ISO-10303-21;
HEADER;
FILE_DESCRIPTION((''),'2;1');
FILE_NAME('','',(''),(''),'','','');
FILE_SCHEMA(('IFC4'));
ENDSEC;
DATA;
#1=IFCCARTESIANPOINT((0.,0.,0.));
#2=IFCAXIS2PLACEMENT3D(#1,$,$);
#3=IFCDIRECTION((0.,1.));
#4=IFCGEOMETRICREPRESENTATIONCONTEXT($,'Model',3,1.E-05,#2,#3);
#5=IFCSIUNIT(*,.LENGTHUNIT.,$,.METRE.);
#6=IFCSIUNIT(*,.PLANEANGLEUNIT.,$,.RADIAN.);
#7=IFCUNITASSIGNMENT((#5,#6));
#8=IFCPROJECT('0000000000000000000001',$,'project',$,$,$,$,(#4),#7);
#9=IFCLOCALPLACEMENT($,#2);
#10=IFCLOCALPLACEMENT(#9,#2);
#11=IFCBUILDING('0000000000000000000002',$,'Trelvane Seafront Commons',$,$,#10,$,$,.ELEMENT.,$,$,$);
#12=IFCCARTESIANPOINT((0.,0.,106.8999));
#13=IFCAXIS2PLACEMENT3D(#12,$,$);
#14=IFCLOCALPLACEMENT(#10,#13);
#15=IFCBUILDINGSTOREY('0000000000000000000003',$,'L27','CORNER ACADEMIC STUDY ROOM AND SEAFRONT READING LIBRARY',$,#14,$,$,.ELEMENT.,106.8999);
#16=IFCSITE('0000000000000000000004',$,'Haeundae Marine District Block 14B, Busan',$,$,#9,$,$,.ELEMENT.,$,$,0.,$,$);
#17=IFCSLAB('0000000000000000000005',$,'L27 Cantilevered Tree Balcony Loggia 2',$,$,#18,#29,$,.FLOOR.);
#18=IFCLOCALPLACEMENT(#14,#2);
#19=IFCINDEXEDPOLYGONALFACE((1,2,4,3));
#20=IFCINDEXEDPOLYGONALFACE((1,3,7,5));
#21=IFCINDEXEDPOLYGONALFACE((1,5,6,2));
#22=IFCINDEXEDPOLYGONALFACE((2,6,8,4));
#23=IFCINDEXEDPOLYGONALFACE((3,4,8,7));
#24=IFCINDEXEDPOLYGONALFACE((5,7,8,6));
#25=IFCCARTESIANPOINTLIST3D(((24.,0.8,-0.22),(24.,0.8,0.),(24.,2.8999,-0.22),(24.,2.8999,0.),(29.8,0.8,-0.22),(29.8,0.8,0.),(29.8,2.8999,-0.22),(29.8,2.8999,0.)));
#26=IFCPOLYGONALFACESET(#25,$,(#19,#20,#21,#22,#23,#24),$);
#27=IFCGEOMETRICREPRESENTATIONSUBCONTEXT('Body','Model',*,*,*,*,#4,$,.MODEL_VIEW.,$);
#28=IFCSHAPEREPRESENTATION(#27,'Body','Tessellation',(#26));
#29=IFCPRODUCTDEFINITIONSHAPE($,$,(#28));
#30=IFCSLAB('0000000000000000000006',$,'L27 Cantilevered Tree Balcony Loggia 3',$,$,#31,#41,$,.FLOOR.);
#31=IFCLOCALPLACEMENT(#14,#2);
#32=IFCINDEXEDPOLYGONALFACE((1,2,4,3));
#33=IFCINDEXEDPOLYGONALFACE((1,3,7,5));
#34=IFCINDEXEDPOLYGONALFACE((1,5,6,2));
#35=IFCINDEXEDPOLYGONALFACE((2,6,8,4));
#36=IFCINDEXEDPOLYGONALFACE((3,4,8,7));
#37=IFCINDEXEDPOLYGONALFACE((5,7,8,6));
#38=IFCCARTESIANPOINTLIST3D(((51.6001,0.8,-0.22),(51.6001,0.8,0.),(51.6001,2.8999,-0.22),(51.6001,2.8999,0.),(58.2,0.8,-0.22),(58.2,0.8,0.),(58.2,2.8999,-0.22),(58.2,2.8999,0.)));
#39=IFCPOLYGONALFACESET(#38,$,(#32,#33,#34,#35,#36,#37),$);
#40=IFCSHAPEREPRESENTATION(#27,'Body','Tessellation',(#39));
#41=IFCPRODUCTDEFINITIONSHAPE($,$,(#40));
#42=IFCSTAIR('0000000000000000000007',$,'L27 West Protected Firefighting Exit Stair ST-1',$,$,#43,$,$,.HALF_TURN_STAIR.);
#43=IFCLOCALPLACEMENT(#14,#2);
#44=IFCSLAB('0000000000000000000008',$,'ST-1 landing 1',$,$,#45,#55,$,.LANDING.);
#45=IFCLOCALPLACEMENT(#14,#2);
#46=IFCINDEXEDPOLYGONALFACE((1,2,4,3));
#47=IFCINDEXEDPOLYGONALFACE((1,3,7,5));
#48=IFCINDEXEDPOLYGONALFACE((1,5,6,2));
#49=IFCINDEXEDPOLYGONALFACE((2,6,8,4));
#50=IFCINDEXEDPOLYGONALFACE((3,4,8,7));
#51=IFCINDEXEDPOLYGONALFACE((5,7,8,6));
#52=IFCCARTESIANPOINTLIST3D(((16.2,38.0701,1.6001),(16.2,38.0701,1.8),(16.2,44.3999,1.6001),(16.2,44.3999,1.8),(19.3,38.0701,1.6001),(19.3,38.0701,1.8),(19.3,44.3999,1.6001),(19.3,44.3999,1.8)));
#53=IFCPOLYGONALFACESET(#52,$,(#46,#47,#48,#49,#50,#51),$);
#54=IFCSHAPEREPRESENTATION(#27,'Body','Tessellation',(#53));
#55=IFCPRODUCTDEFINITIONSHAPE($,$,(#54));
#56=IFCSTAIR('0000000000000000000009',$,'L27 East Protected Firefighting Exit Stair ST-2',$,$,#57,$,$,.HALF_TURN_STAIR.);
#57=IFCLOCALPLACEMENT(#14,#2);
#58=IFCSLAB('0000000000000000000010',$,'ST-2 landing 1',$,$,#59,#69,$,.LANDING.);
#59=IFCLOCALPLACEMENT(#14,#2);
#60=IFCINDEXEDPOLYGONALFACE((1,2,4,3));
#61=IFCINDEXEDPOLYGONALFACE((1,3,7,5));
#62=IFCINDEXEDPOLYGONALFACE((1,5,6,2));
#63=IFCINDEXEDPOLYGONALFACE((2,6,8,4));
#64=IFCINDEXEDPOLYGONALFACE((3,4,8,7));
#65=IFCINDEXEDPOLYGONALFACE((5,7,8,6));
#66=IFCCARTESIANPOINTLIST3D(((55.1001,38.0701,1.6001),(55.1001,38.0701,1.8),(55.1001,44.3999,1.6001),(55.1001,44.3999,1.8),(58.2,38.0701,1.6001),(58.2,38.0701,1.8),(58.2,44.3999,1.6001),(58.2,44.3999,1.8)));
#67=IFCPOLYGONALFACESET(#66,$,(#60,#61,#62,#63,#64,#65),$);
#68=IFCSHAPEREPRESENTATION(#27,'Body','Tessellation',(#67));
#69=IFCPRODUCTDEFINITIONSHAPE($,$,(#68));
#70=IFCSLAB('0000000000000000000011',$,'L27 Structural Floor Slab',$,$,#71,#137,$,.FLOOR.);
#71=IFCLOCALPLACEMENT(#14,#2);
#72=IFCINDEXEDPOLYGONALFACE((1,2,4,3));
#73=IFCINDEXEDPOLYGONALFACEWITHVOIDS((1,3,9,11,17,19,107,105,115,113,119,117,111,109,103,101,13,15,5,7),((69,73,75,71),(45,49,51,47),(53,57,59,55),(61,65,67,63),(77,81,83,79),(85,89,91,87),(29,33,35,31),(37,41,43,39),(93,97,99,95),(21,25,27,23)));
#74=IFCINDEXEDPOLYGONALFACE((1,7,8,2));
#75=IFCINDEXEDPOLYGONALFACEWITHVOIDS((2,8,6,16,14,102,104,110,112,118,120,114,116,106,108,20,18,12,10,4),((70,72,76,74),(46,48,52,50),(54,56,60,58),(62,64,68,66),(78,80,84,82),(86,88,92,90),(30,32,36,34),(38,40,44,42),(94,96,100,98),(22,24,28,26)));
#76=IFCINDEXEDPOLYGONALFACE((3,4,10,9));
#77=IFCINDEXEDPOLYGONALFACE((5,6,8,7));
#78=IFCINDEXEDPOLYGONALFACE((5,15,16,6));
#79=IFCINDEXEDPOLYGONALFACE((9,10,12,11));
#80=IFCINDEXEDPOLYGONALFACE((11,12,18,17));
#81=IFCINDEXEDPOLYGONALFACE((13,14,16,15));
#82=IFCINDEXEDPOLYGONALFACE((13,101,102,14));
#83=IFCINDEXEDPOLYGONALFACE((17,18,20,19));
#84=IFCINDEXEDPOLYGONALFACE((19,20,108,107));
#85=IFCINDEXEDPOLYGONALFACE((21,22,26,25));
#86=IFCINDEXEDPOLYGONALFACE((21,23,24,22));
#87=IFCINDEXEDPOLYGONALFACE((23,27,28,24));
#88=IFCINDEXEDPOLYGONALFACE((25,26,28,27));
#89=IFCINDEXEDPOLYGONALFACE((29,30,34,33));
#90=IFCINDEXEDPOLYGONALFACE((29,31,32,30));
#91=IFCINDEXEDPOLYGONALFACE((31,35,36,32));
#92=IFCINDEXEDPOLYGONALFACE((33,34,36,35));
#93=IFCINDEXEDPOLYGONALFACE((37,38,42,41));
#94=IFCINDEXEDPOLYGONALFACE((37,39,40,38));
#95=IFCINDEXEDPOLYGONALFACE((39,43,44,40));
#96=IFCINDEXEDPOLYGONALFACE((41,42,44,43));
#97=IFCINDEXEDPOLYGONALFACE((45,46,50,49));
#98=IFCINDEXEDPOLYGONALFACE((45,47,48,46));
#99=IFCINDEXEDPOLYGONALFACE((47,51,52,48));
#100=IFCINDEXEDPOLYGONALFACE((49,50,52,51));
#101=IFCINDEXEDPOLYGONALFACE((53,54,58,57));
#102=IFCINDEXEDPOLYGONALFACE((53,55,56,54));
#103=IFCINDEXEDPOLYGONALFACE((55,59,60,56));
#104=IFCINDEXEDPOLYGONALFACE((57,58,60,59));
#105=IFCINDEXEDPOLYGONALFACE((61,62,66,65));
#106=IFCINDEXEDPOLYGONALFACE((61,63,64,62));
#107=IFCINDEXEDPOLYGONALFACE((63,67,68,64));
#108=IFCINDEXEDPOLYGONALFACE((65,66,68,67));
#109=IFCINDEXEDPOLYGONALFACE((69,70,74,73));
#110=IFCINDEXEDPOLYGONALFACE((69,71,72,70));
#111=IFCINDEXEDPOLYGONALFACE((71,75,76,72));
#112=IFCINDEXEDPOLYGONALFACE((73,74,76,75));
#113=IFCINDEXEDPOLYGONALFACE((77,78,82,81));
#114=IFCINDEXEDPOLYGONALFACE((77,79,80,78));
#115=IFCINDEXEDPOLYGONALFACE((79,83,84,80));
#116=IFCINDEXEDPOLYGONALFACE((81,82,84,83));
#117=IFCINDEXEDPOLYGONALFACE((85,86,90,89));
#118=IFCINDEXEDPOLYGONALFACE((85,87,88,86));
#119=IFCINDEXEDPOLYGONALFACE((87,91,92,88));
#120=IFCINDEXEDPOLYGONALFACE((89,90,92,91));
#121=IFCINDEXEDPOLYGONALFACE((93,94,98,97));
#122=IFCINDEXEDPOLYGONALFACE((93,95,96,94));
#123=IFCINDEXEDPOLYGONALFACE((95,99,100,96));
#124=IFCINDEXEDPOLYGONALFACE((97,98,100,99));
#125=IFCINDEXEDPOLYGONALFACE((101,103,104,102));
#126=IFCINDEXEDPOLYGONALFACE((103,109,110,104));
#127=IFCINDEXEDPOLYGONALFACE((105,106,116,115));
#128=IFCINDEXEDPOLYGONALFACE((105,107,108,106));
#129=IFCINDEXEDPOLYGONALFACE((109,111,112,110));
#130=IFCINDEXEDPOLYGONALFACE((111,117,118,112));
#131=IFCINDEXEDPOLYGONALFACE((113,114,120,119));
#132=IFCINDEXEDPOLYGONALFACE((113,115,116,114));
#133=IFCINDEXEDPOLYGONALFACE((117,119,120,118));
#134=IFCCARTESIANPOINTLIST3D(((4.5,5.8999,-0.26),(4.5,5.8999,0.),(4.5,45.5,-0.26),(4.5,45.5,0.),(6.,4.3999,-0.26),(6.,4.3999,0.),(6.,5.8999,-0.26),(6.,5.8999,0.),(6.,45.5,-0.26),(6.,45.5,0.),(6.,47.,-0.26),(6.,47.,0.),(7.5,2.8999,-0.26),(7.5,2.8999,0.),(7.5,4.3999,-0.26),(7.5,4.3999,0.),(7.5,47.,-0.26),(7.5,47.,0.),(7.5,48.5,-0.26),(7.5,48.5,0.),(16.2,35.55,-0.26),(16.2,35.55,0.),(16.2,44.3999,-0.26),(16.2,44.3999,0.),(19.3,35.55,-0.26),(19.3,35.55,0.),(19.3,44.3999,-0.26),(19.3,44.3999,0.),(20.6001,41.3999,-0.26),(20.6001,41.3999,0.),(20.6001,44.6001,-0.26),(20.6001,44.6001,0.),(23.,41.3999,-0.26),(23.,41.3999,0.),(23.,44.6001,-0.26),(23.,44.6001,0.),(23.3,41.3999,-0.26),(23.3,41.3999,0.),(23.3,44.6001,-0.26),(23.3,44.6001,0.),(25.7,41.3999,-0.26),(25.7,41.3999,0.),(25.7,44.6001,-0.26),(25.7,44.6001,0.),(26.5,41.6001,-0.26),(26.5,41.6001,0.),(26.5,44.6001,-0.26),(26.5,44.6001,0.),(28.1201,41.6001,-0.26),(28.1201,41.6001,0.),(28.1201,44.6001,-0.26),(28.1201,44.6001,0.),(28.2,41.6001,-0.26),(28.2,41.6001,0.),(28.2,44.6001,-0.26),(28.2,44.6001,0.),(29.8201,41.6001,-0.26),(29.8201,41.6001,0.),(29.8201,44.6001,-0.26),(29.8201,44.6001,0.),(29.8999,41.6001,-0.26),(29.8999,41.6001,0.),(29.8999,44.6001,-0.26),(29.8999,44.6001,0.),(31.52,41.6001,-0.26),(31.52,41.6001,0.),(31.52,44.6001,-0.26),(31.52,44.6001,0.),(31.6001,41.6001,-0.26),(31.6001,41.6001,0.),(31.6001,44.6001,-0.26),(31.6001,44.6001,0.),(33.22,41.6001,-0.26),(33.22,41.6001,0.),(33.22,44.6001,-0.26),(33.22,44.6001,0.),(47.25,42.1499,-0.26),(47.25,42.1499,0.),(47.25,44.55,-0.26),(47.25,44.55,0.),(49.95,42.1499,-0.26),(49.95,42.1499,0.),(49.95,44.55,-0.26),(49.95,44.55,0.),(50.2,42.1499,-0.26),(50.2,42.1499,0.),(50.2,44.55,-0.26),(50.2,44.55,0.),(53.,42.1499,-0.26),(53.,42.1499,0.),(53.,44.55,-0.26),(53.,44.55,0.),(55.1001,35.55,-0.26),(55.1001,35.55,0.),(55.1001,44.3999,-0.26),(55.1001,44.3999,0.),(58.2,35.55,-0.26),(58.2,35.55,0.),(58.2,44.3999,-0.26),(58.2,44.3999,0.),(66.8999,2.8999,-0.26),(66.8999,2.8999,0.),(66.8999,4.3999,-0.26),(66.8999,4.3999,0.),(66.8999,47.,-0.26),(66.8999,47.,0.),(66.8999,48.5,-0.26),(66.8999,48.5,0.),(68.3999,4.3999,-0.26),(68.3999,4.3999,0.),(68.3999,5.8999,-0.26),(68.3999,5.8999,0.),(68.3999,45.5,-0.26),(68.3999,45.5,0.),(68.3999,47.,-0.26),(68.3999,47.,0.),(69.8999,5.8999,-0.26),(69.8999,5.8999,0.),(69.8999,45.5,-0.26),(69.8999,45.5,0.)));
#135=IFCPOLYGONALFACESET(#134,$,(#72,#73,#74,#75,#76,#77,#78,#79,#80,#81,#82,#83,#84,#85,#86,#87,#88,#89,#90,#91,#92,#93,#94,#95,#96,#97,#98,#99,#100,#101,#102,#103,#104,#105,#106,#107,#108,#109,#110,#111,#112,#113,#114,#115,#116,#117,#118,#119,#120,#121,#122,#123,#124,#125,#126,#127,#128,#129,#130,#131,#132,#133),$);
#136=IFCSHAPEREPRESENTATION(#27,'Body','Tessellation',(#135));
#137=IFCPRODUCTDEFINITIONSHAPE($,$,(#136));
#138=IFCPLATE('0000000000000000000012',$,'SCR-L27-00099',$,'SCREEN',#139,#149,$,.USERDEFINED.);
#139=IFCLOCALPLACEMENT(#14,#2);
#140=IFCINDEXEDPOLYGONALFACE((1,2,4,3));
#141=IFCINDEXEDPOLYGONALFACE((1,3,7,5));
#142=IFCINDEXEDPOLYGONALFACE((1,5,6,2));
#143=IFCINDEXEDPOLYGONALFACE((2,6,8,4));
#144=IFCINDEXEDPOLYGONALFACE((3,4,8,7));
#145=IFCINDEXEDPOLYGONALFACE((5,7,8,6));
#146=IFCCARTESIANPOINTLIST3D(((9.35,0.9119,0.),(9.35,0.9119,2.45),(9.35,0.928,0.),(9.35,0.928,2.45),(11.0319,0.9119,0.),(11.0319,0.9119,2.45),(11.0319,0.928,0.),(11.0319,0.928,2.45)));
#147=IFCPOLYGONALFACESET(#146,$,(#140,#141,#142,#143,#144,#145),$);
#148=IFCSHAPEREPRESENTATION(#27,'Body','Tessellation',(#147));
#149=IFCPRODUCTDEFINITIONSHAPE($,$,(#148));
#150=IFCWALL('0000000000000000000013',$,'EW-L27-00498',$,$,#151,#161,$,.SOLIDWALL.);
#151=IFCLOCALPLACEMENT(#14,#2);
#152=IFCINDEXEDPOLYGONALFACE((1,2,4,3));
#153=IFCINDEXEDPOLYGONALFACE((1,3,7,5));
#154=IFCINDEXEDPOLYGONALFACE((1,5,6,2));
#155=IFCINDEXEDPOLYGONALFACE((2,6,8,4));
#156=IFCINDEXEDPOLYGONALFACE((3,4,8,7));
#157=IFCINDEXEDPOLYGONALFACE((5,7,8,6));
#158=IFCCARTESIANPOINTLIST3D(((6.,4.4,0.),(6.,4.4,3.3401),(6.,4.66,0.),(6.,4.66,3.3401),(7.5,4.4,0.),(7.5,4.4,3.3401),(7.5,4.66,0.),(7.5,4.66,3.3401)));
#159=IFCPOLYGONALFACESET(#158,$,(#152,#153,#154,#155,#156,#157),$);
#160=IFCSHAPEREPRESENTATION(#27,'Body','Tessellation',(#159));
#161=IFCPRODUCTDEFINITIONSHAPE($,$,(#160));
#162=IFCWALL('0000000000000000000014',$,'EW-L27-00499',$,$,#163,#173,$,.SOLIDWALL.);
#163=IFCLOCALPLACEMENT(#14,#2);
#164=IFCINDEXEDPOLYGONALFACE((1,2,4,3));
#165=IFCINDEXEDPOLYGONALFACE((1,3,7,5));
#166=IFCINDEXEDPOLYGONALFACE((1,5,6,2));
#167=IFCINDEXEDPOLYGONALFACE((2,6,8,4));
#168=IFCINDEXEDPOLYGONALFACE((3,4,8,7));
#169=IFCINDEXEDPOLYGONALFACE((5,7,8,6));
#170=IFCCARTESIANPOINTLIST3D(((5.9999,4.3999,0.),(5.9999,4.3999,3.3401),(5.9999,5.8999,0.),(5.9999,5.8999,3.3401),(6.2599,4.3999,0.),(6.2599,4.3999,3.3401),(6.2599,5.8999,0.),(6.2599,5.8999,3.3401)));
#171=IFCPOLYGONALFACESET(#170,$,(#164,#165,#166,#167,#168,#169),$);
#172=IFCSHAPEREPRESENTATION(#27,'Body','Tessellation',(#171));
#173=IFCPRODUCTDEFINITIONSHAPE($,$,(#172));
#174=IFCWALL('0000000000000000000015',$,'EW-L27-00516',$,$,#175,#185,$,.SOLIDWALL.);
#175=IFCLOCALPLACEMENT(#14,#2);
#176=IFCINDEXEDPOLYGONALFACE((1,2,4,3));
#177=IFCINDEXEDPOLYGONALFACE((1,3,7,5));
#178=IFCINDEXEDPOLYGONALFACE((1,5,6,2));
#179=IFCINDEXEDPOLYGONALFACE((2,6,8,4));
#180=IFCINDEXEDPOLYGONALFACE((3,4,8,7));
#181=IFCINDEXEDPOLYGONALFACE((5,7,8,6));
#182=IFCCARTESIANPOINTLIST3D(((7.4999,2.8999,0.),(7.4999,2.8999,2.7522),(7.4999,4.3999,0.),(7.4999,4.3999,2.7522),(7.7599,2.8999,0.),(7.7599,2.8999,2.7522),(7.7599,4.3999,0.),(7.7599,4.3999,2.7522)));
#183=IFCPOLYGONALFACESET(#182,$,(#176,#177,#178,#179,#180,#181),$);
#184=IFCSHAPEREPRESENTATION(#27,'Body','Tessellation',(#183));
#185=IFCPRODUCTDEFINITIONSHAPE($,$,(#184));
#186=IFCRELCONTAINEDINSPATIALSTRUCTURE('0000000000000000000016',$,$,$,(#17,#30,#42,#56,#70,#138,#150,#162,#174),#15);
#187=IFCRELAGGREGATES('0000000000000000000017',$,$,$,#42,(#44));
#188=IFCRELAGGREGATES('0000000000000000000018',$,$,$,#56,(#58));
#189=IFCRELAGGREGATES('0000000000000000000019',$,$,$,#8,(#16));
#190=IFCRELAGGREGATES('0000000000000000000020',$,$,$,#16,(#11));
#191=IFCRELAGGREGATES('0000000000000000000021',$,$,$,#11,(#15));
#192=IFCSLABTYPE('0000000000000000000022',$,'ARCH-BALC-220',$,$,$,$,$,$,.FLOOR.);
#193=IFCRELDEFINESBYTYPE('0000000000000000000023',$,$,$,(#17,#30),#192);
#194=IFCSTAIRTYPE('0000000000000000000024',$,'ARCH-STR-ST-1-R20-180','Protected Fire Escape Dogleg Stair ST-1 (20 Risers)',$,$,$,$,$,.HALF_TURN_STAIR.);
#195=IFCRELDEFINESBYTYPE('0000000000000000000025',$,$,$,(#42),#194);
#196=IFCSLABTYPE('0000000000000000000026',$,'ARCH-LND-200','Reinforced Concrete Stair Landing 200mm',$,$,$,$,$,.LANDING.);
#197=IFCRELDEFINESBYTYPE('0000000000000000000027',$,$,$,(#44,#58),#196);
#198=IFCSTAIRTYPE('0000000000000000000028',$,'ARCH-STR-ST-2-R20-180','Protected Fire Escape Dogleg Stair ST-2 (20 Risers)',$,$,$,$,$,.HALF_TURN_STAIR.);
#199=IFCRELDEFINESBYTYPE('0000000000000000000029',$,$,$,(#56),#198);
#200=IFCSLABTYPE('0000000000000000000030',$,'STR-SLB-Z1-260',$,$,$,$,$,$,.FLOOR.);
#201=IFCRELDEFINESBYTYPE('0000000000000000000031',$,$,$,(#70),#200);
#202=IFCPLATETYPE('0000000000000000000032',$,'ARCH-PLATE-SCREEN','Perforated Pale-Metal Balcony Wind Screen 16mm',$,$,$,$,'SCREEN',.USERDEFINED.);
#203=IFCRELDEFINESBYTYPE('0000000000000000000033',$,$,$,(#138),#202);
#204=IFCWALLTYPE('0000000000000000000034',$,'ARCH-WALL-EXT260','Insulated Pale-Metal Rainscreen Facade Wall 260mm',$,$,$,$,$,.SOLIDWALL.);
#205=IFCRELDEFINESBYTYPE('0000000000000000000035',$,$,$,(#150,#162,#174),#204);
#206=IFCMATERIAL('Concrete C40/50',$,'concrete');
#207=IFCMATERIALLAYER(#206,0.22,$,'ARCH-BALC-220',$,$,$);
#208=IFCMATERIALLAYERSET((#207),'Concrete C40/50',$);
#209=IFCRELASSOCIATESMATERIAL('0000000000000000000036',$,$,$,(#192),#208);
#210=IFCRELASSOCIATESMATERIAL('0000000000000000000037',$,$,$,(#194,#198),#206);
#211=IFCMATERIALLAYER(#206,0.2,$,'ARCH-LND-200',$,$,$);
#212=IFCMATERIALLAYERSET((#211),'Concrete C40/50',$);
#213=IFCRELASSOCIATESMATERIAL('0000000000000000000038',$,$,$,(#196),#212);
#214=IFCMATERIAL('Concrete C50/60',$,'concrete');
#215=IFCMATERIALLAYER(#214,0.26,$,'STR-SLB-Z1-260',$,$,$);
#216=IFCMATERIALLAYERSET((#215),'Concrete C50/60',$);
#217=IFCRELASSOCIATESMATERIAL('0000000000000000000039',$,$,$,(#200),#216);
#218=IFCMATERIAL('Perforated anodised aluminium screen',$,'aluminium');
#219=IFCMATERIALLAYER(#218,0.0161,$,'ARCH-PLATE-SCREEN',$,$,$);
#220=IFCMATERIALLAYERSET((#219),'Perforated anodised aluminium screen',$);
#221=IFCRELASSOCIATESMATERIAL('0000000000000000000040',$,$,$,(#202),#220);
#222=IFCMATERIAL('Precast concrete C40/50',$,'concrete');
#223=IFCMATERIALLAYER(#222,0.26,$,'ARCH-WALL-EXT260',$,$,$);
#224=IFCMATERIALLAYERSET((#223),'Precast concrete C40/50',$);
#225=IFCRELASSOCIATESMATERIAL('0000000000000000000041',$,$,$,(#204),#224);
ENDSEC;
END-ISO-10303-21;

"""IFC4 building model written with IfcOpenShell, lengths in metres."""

from ifc_helpers import new_model, si_unit, direction, frame, frame_2d, origin, origin_2d, place, context, subcontext, project, spatial, polyline, rectangle, outline, extrude, source, transform, mapped, material, layer, layer_set, type_object, element, aggregate, save


model = new_model("IFC4")

# Units and contexts
model_context = context("Model", 3, precision=1e-05, world=origin(), true_north=direction((0.0, 1.0)))
body_context = subcontext(model_context, "Body", "Model", "MODEL_VIEW")
ifc_project = project(units=[si_unit("LENGTHUNIT", "METRE"), si_unit("PLANEANGLEUNIT", "RADIAN")], contexts=[model_context])

# Site, building, storey
site_placement = place(None, origin())
site = spatial("IfcSite", under=ifc_project, at=site_placement, Name="Haeundae Marine District Block 14B, Busan", CompositionType="ELEMENT", RefElevation=0.0)
building_placement = place(site_placement, origin())
building = spatial("IfcBuilding", under=site, at=building_placement, Name="Trelvane Seafront Commons", CompositionType="ELEMENT")
storey_placement = place(building_placement, frame((0.0, 0.0, 106.8999)))
storey = spatial("IfcBuildingStorey", under=building, at=storey_placement, Name="L27", Description="CORNER ACADEMIC STUDY ROOM AND SEAFRONT READING LIBRARY", CompositionType="ELEMENT", Elevation=106.8999)

# Slabs
ifc_material_1 = material(Name="Concrete C40/50", Category="concrete")
ifc_layer_1 = layer(ifc_material_1, 0.22, Name="ARCH-BALC-220")
ifc_layer_set_1 = layer_set([ifc_layer_1], Name="Concrete C40/50")
slab_type_1 = type_object("IfcSlabType", Name="ARCH-BALC-220", PredefinedType="FLOOR", material=ifc_layer_set_1)
slab_1_placement = place(storey_placement, frame((0.0, 0.0, -0.22)))
element("IfcSlab", 1, at=slab_1_placement, inside=storey, type_object=slab_type_1, Name="L27 Cantilevered Tree Balcony Loggia 2", PredefinedType="FLOOR", context=body_context, shape_type="SweptSolid", body=[
    extrude(outline(polyline([(24.0, 0.8), (29.8, 0.8), (29.8, 2.8999), (24.0, 2.8999), (24.0, 0.8)])), origin(), (0.0, 0.0, 1.0), 0.22),
])
slab_2_placement = place(storey_placement, frame((0.0, 0.0, -0.22)))
element("IfcSlab", 2, at=slab_2_placement, inside=storey, type_object=slab_type_1, Name="L27 Cantilevered Tree Balcony Loggia 3", PredefinedType="FLOOR", context=body_context, shape_type="SweptSolid", body=[
    extrude(outline(polyline([(51.6001, 0.8), (58.2, 0.8), (58.2, 2.8999), (51.6001, 2.8999), (51.6001, 0.8)])), origin(), (0.0, 0.0, 1.0), 0.22),
])

# Stairs, slabs
stair_type_1 = type_object("IfcStairType", Name="ARCH-STR-ST-1-R20-180", Description="Protected Fire Escape Dogleg Stair ST-1 (20 Risers)", PredefinedType="HALF_TURN_STAIR", material=ifc_material_1)
stair_1_placement = place(storey_placement, origin())
stair_1 = element("IfcStair", 3, at=stair_1_placement, inside=storey, type_object=stair_type_1, Name="L27 West Protected Firefighting Exit Stair ST-1", PredefinedType="HALF_TURN_STAIR")
ifc_layer_2 = layer(ifc_material_1, 0.2, Name="ARCH-LND-200")
ifc_layer_set_2 = layer_set([ifc_layer_2], Name="Concrete C40/50")
slab_type_2 = type_object("IfcSlabType", Name="ARCH-LND-200", Description="Reinforced Concrete Stair Landing 200mm", PredefinedType="LANDING", material=ifc_layer_set_2)
slab_3_placement = place(storey_placement, frame((0.0, 0.0, 1.6001)))
slab_3 = element("IfcSlab", 4, at=slab_3_placement, type_object=slab_type_2, Name="ST-1 landing 1", PredefinedType="LANDING", context=body_context, shape_type="SweptSolid", body=[
    extrude(outline(polyline([(19.3, 38.0701), (19.3, 44.3999), (16.2, 44.3999), (16.2, 38.0701), (19.3, 38.0701)])), origin(), (0.0, 0.0, 1.0), 0.2),
])
aggregate(stair_1, [slab_3])
stair_type_2 = type_object("IfcStairType", Name="ARCH-STR-ST-2-R20-180", Description="Protected Fire Escape Dogleg Stair ST-2 (20 Risers)", PredefinedType="HALF_TURN_STAIR", material=ifc_material_1)
stair_2_placement = place(storey_placement, origin())
stair_2 = element("IfcStair", 5, at=stair_2_placement, inside=storey, type_object=stair_type_2, Name="L27 East Protected Firefighting Exit Stair ST-2", PredefinedType="HALF_TURN_STAIR")
slab_4_placement = place(storey_placement, frame((0.0, 0.0, 1.6001)))
slab_4 = element("IfcSlab", 6, at=slab_4_placement, type_object=slab_type_2, Name="ST-2 landing 1", PredefinedType="LANDING", context=body_context, shape_type="SweptSolid", body=[
    extrude(outline(polyline([(58.2, 38.0701), (58.2, 44.3999), (55.1001, 44.3999), (55.1001, 38.0701), (58.2, 38.0701)])), origin(), (0.0, 0.0, 1.0), 0.2),
])
aggregate(stair_2, [slab_4])

# Slab
ifc_material_2 = material(Name="Concrete C50/60", Category="concrete")
ifc_layer_3 = layer(ifc_material_2, 0.26, Name="STR-SLB-Z1-260")
ifc_layer_set_3 = layer_set([ifc_layer_3], Name="Concrete C50/60")
slab_type_3 = type_object("IfcSlabType", Name="STR-SLB-Z1-260", PredefinedType="FLOOR", material=ifc_layer_set_3)
slab_5_placement = place(storey_placement, frame((0.0, 0.0, -0.26)))
element("IfcSlab", 7, at=slab_5_placement, inside=storey, type_object=slab_type_3, Name="L27 Structural Floor Slab", PredefinedType="FLOOR", context=body_context, shape_type="SweptSolid", body=[
    extrude(outline(polyline([(7.5, 2.8999), (66.8999, 2.8999), (66.8999, 4.3999), (68.3999, 4.3999), (68.3999, 5.8999), (69.8999, 5.8999), (69.8999, 45.5), (68.3999, 45.5), (68.3999, 47.0), (66.8999, 47.0), (66.8999, 48.5), (7.5, 48.5), (7.5, 47.0), (6.0, 47.0), (6.0, 45.5), (4.5, 45.5), (4.5, 5.8999), (6.0, 5.8999), (6.0, 4.3999), (7.5, 4.3999), (7.5, 2.8999)]), holes=[polyline([(19.3, 35.55), (16.2, 35.55), (16.2, 44.3999), (19.3, 44.3999), (19.3, 35.55)]), polyline([(58.2, 35.55), (55.1001, 35.55), (55.1001, 44.3999), (58.2, 44.3999), (58.2, 35.55)]), polyline([(23.0, 41.3999), (20.6001, 41.3999), (20.6001, 44.6001), (23.0, 44.6001), (23.0, 41.3999)]), polyline([(23.3, 41.3999), (23.3, 44.6001), (25.7, 44.6001), (25.7, 41.3999), (23.3, 41.3999)]), polyline([(26.5, 41.6001), (26.5, 44.6001), (28.1201, 44.6001), (28.1201, 41.6001), (26.5, 41.6001)]), polyline([(29.8201, 41.6001), (28.2, 41.6001), (28.2, 44.6001), (29.8201, 44.6001), (29.8201, 41.6001)]), polyline([(31.52, 41.6001), (29.8999, 41.6001), (29.8999, 44.6001), (31.52, 44.6001), (31.52, 41.6001)]), polyline([(33.22, 41.6001), (31.6001, 41.6001), (31.6001, 44.6001), (33.22, 44.6001), (33.22, 41.6001)]), polyline([(47.25, 42.1499), (47.25, 44.55), (49.95, 44.55), (49.95, 42.1499), (47.25, 42.1499)]), polyline([(50.2, 42.1499), (50.2, 44.55), (53.0, 44.55), (53.0, 42.1499), (50.2, 42.1499)])]), origin(), (0.0, 0.0, 1.0), 0.26),
])

# Plate
ifc_material_3 = material(Name="Perforated anodised aluminium screen", Category="aluminium")
ifc_layer_4 = layer(ifc_material_3, 0.0161, Name="ARCH-PLATE-SCREEN")
ifc_layer_set_4 = layer_set([ifc_layer_4], Name="Perforated anodised aluminium screen")
plate_type = type_object("IfcPlateType", Name="ARCH-PLATE-SCREEN", Description="Perforated Pale-Metal Balcony Wind Screen 16mm", ElementType="SCREEN", PredefinedType="USERDEFINED", material=ifc_layer_set_4)
shared_shape_1 = source(origin(), body_context, "Body", "SweptSolid", [
    extrude(rectangle(XDim=1.6819, YDim=0.0161, at=origin_2d()), origin(), (0.0, 0.0, 1.0), 2.45),
])
plate_placement = place(storey_placement, frame((10.1909, 0.9199, 0.0), z_axis=(0.0, 0.0, 1.0), x_axis=(1.0, 0.0, 0.0)))
element("IfcPlate", 8, at=plate_placement, inside=storey, type_object=plate_type, Name="SCR-L27-00099", ObjectType="SCREEN", PredefinedType="USERDEFINED", context=body_context, shape_type="MappedRepresentation", body=[
    mapped(shared_shape_1, transform((0.0, 0.0, 0.0), x_axis=(1.0, 0.0, 0.0), y_axis=(0.0, 1.0, 0.0), z_axis=(0.0, 0.0, 1.0), scale=1.0)),
])

# Walls
ifc_material_4 = material(Name="Precast concrete C40/50", Category="concrete")
ifc_layer_5 = layer(ifc_material_4, 0.26, Name="ARCH-WALL-EXT260")
ifc_layer_set_5 = layer_set([ifc_layer_5], Name="Precast concrete C40/50")
wall_type_1 = type_object("IfcWallType", Name="ARCH-WALL-EXT260", Description="Insulated Pale-Metal Rainscreen Facade Wall 260mm", PredefinedType="SOLIDWALL", material=ifc_layer_set_5)
for number, where, z_axis, x_axis, name in (
    (9, (7.5, 4.53, 0.0), (0.0, 0.0, 1.0), (-1.0, 0.0, 0.0), "EW-L27-00498"),
    (10, (6.1299, 4.3999, 0.0), (0.0, 0.0, 1.0), (0.0, 1.0, 0.0), "EW-L27-00499"),
):
    element("IfcWall", number, at=place(storey_placement, frame(where, z_axis=z_axis, x_axis=x_axis)), inside=storey, type_object=wall_type_1, Name=name, PredefinedType="SOLIDWALL", context=body_context, shape_type="SweptSolid", body=[
        extrude(rectangle(XDim=1.5, YDim=0.26, at=frame_2d((0.75, 0.0))), origin(), (0.0, 0.0, 1.0), 3.3401),
    ])
wall_placement = place(storey_placement, frame((7.6299, 2.8999, 0.0), z_axis=(0.0, 0.0, 1.0), x_axis=(0.0, 1.0, 0.0)))
element("IfcWall", 11, at=wall_placement, inside=storey, type_object=wall_type_1, Name="EW-L27-00516", PredefinedType="SOLIDWALL", context=body_context, shape_type="SweptSolid", body=[
    extrude(rectangle(XDim=1.5, YDim=0.26, at=frame_2d((0.75, 0.0))), origin(), (0.0, 0.0, 1.0), 2.7522),
])

save(model, "model.ifc")
